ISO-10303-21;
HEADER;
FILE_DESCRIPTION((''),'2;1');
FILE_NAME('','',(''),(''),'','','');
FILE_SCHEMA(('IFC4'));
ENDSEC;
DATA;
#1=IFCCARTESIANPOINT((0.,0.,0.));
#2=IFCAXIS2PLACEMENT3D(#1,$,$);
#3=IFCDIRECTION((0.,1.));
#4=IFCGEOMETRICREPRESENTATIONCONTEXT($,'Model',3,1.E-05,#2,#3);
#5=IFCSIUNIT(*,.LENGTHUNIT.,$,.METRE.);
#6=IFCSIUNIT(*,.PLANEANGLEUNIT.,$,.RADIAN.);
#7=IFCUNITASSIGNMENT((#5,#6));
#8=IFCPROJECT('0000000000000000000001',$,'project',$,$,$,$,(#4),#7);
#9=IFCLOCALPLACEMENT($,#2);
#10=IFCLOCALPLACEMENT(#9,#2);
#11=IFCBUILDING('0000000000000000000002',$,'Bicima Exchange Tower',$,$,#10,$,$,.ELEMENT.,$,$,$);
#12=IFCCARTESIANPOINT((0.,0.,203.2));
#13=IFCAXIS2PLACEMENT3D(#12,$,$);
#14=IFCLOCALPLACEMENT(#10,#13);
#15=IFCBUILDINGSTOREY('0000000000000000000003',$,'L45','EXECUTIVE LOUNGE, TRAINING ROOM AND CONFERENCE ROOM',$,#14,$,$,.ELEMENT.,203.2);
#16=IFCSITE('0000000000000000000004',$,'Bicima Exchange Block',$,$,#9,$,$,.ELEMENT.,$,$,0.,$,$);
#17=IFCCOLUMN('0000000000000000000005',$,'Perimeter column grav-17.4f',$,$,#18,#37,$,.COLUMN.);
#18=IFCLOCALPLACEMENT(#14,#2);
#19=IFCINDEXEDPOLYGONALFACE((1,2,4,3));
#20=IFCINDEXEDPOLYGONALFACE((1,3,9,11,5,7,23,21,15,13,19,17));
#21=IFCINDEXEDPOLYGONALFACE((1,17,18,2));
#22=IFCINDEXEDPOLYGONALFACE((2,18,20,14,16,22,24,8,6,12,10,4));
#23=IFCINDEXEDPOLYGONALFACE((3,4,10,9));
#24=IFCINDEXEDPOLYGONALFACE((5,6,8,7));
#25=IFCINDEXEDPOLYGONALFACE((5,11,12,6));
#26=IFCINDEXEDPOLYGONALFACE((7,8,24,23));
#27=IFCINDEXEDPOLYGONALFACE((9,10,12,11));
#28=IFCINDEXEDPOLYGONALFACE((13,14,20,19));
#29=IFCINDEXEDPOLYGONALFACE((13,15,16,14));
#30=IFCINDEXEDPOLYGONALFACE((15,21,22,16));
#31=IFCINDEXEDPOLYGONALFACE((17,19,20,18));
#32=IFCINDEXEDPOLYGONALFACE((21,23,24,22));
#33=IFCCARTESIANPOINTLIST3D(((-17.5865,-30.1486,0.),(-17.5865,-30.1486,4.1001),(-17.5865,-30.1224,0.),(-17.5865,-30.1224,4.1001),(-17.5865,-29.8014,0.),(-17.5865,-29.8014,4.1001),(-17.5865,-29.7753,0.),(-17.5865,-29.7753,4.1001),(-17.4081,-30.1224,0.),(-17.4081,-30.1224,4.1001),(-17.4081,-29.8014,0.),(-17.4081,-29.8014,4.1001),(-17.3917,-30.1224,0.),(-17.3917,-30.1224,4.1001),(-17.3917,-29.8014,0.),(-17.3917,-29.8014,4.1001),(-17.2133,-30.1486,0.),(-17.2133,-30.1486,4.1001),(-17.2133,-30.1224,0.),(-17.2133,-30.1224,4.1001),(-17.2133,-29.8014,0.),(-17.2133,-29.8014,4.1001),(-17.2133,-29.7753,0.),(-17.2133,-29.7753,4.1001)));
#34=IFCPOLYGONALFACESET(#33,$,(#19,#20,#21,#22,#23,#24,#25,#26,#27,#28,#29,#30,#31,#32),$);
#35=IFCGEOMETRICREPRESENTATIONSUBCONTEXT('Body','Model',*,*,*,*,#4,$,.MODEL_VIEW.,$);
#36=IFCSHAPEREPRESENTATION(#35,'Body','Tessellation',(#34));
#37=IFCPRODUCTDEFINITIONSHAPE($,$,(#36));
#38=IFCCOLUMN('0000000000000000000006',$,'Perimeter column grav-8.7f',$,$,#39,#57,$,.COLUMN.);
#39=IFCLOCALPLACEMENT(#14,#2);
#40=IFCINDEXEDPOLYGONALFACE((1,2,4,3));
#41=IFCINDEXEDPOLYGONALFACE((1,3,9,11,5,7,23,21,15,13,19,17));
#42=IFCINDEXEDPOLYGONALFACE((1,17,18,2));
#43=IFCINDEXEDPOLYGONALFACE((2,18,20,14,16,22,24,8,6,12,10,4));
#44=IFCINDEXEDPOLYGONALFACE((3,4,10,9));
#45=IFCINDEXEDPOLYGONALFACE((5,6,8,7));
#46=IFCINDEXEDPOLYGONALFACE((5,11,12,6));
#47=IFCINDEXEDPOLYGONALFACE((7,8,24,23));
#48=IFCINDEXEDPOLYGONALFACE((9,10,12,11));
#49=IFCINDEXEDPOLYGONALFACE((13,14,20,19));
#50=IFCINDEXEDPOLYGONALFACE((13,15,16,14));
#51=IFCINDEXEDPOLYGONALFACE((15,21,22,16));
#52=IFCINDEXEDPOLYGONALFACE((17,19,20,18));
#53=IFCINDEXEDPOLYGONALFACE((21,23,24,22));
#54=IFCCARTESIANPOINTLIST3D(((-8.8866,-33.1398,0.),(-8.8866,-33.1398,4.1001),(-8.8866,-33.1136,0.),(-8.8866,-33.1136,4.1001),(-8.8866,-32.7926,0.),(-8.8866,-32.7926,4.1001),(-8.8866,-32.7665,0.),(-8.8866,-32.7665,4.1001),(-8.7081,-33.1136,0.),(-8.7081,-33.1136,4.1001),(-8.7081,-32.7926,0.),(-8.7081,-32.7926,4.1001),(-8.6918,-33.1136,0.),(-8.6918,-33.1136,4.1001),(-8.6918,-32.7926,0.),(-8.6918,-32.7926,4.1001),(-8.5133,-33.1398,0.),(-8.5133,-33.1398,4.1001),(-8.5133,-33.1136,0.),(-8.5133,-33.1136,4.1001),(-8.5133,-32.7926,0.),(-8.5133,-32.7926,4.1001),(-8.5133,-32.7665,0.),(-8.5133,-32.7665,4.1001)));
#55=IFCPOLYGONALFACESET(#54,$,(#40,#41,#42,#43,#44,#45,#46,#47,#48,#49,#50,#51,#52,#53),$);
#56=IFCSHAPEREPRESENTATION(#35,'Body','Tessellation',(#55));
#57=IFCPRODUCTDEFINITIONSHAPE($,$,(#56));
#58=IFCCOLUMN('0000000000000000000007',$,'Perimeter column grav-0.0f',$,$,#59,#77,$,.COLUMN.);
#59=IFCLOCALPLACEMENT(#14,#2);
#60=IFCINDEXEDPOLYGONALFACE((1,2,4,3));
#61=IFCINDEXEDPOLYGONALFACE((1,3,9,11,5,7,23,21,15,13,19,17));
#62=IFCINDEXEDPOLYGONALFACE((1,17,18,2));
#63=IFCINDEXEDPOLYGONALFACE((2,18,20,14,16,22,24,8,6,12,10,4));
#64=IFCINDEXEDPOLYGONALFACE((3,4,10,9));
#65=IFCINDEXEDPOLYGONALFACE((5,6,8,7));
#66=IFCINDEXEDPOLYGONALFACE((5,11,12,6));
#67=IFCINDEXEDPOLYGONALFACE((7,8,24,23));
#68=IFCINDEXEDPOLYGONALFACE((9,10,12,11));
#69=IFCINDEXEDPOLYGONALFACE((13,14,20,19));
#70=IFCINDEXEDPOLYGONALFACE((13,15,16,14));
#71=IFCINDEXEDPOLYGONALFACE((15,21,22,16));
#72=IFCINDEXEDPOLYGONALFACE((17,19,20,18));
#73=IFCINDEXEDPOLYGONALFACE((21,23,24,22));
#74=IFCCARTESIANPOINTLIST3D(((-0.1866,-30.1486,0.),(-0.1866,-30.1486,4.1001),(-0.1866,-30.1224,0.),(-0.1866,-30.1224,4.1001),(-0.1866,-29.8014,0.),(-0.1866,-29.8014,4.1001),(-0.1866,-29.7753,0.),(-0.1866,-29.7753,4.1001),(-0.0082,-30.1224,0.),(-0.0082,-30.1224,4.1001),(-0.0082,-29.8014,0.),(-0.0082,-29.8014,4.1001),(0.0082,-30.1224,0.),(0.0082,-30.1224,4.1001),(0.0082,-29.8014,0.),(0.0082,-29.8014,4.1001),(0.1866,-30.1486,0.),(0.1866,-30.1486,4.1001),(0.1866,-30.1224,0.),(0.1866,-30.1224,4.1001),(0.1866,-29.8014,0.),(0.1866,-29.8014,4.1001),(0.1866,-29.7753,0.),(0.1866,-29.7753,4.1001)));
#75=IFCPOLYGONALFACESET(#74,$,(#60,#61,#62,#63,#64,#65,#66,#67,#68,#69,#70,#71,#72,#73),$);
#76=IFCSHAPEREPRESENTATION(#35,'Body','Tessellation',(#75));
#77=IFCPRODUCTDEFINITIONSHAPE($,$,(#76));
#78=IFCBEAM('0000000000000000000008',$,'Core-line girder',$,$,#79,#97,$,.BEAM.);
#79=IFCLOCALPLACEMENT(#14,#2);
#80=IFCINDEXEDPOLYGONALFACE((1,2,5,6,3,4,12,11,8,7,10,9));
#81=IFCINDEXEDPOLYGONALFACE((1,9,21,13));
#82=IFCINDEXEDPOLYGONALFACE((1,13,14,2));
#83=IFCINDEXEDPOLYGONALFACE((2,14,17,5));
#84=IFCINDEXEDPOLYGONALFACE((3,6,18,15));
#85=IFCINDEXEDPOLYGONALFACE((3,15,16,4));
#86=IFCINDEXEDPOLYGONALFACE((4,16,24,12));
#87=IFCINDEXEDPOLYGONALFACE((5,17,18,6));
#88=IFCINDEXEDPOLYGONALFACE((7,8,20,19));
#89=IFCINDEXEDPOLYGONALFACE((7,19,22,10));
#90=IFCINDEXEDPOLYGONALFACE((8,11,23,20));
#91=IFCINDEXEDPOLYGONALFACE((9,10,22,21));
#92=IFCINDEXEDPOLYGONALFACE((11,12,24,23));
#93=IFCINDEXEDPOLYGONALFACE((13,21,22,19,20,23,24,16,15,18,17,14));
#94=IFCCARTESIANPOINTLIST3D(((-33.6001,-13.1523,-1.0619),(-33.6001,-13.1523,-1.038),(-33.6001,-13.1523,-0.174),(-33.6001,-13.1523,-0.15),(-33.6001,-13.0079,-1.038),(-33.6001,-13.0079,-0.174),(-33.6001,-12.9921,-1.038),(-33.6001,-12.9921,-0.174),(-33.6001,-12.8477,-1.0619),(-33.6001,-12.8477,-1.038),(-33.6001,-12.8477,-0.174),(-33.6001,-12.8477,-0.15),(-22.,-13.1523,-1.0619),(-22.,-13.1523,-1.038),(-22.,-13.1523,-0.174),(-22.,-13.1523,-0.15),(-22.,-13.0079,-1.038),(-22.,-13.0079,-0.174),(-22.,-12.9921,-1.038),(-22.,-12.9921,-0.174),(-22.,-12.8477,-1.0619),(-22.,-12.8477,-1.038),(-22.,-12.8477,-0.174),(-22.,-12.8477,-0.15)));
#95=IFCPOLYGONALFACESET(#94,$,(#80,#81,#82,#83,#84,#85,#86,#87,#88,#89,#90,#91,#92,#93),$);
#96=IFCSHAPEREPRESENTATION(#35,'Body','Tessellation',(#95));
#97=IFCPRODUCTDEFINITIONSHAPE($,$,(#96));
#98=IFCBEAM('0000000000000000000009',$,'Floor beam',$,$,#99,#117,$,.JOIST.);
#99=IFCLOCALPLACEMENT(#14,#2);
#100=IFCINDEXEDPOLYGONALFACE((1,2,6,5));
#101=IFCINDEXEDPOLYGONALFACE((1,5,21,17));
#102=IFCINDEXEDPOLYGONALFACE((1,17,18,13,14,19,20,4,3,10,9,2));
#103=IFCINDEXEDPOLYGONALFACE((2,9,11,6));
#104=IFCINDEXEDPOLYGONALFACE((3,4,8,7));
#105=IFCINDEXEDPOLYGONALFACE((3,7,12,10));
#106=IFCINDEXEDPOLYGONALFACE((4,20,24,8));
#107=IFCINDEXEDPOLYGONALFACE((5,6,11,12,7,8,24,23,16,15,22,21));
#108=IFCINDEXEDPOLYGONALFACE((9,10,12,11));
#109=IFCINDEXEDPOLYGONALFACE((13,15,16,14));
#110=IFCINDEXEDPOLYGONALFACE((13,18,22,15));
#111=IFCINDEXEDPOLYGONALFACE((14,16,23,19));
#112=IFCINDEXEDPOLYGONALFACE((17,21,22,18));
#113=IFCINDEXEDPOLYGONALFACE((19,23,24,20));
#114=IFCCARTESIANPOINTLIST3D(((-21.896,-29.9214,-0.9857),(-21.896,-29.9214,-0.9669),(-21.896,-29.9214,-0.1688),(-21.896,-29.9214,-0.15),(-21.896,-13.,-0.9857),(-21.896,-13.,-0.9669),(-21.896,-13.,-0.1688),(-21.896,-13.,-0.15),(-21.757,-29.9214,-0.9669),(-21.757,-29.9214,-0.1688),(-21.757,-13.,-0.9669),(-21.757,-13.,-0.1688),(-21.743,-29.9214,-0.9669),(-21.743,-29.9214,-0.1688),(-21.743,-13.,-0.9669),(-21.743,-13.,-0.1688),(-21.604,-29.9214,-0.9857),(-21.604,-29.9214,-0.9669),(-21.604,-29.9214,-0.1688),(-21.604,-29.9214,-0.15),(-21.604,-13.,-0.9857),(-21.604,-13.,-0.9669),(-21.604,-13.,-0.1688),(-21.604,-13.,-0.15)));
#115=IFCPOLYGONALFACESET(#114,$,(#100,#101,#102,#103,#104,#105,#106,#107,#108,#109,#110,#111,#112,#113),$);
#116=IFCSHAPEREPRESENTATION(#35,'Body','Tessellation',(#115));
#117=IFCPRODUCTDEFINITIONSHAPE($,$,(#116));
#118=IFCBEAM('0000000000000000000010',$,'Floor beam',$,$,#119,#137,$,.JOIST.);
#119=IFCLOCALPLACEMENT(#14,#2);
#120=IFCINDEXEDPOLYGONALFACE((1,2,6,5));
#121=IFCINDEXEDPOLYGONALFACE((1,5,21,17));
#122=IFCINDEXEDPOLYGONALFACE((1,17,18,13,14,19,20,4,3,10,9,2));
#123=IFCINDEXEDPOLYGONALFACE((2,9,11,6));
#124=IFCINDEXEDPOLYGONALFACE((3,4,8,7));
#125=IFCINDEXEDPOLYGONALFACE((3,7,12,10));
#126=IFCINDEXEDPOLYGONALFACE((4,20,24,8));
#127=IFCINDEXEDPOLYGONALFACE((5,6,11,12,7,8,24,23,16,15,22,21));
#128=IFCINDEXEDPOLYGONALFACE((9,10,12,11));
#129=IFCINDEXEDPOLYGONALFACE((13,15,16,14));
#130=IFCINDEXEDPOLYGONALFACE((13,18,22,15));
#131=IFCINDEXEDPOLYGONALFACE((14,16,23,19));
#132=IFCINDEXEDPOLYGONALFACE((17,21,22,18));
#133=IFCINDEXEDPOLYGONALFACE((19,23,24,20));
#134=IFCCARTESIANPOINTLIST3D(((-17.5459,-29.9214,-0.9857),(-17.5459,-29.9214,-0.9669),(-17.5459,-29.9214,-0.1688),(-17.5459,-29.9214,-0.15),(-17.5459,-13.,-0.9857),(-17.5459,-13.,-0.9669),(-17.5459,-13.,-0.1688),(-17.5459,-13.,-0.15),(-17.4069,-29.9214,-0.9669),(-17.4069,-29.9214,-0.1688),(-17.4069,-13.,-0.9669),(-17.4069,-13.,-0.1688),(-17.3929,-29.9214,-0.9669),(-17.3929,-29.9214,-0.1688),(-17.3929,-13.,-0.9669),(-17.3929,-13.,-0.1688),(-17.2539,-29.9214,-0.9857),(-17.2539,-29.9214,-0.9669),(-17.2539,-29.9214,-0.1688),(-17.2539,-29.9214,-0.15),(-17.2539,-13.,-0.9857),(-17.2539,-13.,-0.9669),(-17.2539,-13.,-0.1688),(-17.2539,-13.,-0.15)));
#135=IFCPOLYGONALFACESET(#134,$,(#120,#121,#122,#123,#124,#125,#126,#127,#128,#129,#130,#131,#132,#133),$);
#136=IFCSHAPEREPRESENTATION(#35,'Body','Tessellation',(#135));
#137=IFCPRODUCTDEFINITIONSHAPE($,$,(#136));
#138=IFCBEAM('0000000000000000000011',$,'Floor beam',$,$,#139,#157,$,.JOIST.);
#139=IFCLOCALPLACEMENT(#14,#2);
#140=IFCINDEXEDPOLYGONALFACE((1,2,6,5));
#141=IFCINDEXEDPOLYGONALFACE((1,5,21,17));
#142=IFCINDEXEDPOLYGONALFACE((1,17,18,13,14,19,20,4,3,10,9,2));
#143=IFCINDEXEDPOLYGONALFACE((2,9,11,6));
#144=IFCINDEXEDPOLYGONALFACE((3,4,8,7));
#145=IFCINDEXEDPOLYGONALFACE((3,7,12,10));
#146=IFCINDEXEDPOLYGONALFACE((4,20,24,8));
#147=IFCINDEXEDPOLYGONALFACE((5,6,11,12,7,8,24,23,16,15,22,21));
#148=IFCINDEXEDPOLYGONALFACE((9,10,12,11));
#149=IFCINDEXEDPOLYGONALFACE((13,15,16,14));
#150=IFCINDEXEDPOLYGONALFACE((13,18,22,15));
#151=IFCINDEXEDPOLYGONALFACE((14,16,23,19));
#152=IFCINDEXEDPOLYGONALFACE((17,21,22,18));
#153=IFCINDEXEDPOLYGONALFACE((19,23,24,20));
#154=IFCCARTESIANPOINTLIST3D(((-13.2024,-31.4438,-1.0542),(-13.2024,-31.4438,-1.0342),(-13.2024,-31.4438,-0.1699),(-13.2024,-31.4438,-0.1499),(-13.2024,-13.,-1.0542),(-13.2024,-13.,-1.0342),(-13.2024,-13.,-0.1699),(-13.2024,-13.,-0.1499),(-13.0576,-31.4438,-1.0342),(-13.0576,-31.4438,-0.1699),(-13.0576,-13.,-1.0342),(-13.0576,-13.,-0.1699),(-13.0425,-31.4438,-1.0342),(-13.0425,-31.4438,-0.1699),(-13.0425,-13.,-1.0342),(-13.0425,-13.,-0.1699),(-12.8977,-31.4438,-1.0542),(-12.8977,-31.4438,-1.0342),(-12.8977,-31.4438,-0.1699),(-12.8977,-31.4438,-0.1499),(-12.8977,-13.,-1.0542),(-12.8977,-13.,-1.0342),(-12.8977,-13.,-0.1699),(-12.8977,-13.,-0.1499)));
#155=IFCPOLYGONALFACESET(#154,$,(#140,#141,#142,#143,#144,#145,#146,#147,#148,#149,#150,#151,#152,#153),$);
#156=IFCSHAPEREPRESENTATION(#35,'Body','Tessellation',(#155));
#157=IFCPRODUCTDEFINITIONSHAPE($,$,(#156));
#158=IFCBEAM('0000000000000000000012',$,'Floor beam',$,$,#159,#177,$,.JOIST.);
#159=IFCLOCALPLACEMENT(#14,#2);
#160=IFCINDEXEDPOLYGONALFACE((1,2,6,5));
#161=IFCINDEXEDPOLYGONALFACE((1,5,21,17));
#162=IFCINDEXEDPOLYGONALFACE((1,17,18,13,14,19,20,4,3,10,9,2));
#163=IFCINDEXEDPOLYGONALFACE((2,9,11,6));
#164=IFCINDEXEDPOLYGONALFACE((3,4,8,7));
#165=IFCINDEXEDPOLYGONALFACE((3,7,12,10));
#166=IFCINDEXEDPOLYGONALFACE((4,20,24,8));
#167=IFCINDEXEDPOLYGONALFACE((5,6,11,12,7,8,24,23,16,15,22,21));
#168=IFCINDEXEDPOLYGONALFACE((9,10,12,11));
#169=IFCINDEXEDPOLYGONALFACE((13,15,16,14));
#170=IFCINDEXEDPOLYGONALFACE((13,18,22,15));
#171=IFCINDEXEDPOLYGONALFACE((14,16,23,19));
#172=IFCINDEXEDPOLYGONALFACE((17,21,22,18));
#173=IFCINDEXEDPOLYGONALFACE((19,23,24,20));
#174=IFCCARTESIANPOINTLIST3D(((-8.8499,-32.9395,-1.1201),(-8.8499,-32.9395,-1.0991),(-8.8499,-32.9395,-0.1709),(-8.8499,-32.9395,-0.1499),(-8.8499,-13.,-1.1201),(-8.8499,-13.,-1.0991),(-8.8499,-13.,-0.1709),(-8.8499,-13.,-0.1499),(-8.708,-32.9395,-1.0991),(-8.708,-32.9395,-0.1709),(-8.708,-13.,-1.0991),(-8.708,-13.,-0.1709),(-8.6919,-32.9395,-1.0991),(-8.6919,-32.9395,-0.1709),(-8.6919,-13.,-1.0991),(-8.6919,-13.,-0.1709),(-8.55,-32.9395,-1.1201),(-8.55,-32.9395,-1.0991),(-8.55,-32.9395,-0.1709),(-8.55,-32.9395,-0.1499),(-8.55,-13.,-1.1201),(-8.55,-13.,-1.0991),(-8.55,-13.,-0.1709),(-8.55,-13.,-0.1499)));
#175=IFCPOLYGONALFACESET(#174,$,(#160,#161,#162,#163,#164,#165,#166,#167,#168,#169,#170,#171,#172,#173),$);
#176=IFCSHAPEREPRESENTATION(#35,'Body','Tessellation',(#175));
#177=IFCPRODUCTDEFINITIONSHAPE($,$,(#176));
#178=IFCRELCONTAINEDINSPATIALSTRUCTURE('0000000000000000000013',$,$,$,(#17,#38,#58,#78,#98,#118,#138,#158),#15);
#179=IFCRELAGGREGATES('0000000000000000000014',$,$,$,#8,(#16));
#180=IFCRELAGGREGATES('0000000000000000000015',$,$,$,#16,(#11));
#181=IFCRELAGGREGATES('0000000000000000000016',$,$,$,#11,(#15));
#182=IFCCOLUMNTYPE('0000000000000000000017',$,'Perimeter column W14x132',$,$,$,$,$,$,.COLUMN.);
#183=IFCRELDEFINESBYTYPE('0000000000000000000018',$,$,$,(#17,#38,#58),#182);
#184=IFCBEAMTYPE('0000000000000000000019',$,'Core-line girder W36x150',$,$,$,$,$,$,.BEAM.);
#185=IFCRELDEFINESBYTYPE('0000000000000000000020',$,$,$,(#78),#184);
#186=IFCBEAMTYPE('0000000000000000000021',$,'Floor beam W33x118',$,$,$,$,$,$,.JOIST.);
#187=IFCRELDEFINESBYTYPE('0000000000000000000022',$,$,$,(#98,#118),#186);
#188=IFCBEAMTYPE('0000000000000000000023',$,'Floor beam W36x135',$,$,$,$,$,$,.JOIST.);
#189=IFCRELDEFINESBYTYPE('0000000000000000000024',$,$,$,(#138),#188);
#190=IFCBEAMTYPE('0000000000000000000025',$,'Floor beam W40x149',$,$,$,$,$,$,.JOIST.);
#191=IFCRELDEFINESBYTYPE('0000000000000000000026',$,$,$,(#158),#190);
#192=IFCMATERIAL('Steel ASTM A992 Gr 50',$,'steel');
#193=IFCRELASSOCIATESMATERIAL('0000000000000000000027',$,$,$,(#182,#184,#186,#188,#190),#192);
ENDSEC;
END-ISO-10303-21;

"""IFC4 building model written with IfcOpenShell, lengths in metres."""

from ifc_helpers import new_model, si_unit, direction, frame, origin, origin_2d, place, context, subcontext, project, spatial, i_section, extrude, material, material_profile, profile_set, type_object, element, save


model = new_model("IFC4")

# Units and contexts
model_context = context("Model", 3, precision=1e-05, world=origin(), true_north=direction((0.0, 1.0)))
body_context = subcontext(model_context, "Body", "Model", "MODEL_VIEW")
ifc_project = project(units=[si_unit("LENGTHUNIT", "METRE"), si_unit("PLANEANGLEUNIT", "RADIAN")], contexts=[model_context])

# Site, building, storey
site_placement = place(None, origin())
site = spatial("IfcSite", under=ifc_project, at=site_placement, Name="Bicima Exchange Block", CompositionType="ELEMENT", RefElevation=0.0)
building_placement = place(site_placement, origin())
building = spatial("IfcBuilding", under=site, at=building_placement, Name="Bicima Exchange Tower", CompositionType="ELEMENT")
storey_placement = place(building_placement, frame((0.0, 0.0, 203.2)))
storey = spatial("IfcBuildingStorey", under=building, at=storey_placement, Name="L45", Description="EXECUTIVE LOUNGE, TRAINING ROOM AND CONFERENCE ROOM", CompositionType="ELEMENT", Elevation=203.2)

# Columns
ifc_material_1 = material(Name="Steel ASTM A992 Gr 50", Category="steel")
ifc_material_profile_1 = material_profile(ifc_material_1, i_section(OverallWidth=0.3733, OverallDepth=0.3733, WebThickness=0.0164, FlangeThickness=0.0261, at=origin_2d()))
ifc_profile_set_1 = profile_set([ifc_material_profile_1], Name="Steel ASTM A992 Gr 50")
column_type = type_object("IfcColumnType", Name="Perimeter column W14x132", PredefinedType="COLUMN", material=ifc_profile_set_1)
for number, where, z_axis, x_axis, name in (
    (1, (-17.3999, -29.9619, 0.0), (0.0, 0.0, 1.0), (1.0, 0.0, 0.0), "Perimeter column grav-17.4f"),
    (2, (-8.7, -32.9531, 0.0), (0.0, 0.0, 1.0), (1.0, 0.0, 0.0), "Perimeter column grav-8.7f"),
    (3, (0.0, -29.9619, 0.0), (0.0, 0.0, 1.0), (1.0, 0.0, 0.0), "Perimeter column grav-0.0f"),
):
    element("IfcColumn", number, at=place(storey_placement, frame(where, z_axis=z_axis, x_axis=x_axis)), inside=storey, type_object=column_type, Name=name, PredefinedType="COLUMN", context=body_context, shape_type="SweptSolid", body=[
        extrude(i_section(OverallWidth=0.3733, OverallDepth=0.3733, WebThickness=0.0164, FlangeThickness=0.0261, at=origin_2d()), origin(), (0.0, 0.0, 1.0), 4.1001),
    ])

# Beams
ifc_material_profile_2 = material_profile(ifc_material_1, i_section(OverallWidth=0.3047, OverallDepth=0.9119, WebThickness=0.0159, FlangeThickness=0.0239, at=origin_2d()))
ifc_profile_set_2 = profile_set([ifc_material_profile_2], Name="Steel ASTM A992 Gr 50")
beam_type_1 = type_object("IfcBeamType", Name="Core-line girder W36x150", PredefinedType="BEAM", material=ifc_profile_set_2)
beam_1_placement = place(storey_placement, frame((-22.0, -13.0, -0.606), z_axis=(-1.0, 0.0, 0.0), x_axis=(0.0, -1.0, 0.0)))
element("IfcBeam", 4, at=beam_1_placement, inside=storey, type_object=beam_type_1, Name="Core-line girder", PredefinedType="BEAM", context=body_context, shape_type="SweptSolid", body=[
    extrude(i_section(OverallWidth=0.3047, OverallDepth=0.9119, WebThickness=0.0159, FlangeThickness=0.0239, at=origin_2d()), origin(), (0.0, 0.0, 1.0), 11.6001),
])
ifc_material_profile_3 = material_profile(ifc_material_1, i_section(OverallWidth=0.292, OverallDepth=0.8357, WebThickness=0.0139, FlangeThickness=0.0188, at=origin_2d()))
ifc_profile_set_3 = profile_set([ifc_material_profile_3], Name="Steel ASTM A992 Gr 50")
beam_type_2 = type_object("IfcBeamType", Name="Floor beam W33x118", PredefinedType="JOIST", material=ifc_profile_set_3)
for number, where, z_axis, x_axis, name in (
    (5, (-21.75, -13.0, -0.5679), (0.0, -1.0, 0.0), (1.0, 0.0, 0.0), "Floor beam"),
    (6, (-17.3999, -13.0, -0.5679), (0.0, -1.0, 0.0), (1.0, 0.0, 0.0), "Floor beam"),
):
    element("IfcBeam", number, at=place(storey_placement, frame(where, z_axis=z_axis, x_axis=x_axis)), inside=storey, type_object=beam_type_2, Name=name, PredefinedType="JOIST", context=body_context, shape_type="SweptSolid", body=[
        extrude(i_section(OverallWidth=0.292, OverallDepth=0.8357, WebThickness=0.0139, FlangeThickness=0.0188, at=origin_2d()), origin(), (0.0, 0.0, 1.0), 16.9214),
    ])
ifc_material_profile_4 = material_profile(ifc_material_1, i_section(OverallWidth=0.3047, OverallDepth=0.9043, WebThickness=0.0151, FlangeThickness=0.02, at=origin_2d()))
ifc_profile_set_4 = profile_set([ifc_material_profile_4], Name="Steel ASTM A992 Gr 50")
beam_type_3 = type_object("IfcBeamType", Name="Floor beam W36x135", PredefinedType="JOIST", material=ifc_profile_set_4)
beam_2_placement = place(storey_placement, frame((-13.05, -13.0, -0.6021), z_axis=(0.0, -1.0, 0.0), x_axis=(1.0, 0.0, 0.0)))
element("IfcBeam", 7, at=beam_2_placement, inside=storey, type_object=beam_type_3, Name="Floor beam", PredefinedType="JOIST", context=body_context, shape_type="SweptSolid", body=[
    extrude(i_section(OverallWidth=0.3047, OverallDepth=0.9043, WebThickness=0.0151, FlangeThickness=0.02, at=origin_2d()), origin(), (0.0, 0.0, 1.0), 18.4438),
])
ifc_material_profile_5 = material_profile(ifc_material_1, i_section(OverallWidth=0.2998, OverallDepth=0.9702, WebThickness=0.0161, FlangeThickness=0.021, at=origin_2d()))
ifc_profile_set_5 = profile_set([ifc_material_profile_5], Name="Steel ASTM A992 Gr 50")
beam_type_4 = type_object("IfcBeamType", Name="Floor beam W40x149", PredefinedType="JOIST", material=ifc_profile_set_5)
beam_3_placement = place(storey_placement, frame((-8.7, -13.0, -0.635), z_axis=(0.0, -1.0, 0.0), x_axis=(1.0, 0.0, 0.0)))
element("IfcBeam", 8, at=beam_3_placement, inside=storey, type_object=beam_type_4, Name="Floor beam", PredefinedType="JOIST", context=body_context, shape_type="SweptSolid", body=[
    extrude(i_section(OverallWidth=0.2998, OverallDepth=0.9702, WebThickness=0.0161, FlangeThickness=0.021, at=origin_2d()), origin(), (0.0, 0.0, 1.0), 19.9395),
])

save(model, "model.ifc")
